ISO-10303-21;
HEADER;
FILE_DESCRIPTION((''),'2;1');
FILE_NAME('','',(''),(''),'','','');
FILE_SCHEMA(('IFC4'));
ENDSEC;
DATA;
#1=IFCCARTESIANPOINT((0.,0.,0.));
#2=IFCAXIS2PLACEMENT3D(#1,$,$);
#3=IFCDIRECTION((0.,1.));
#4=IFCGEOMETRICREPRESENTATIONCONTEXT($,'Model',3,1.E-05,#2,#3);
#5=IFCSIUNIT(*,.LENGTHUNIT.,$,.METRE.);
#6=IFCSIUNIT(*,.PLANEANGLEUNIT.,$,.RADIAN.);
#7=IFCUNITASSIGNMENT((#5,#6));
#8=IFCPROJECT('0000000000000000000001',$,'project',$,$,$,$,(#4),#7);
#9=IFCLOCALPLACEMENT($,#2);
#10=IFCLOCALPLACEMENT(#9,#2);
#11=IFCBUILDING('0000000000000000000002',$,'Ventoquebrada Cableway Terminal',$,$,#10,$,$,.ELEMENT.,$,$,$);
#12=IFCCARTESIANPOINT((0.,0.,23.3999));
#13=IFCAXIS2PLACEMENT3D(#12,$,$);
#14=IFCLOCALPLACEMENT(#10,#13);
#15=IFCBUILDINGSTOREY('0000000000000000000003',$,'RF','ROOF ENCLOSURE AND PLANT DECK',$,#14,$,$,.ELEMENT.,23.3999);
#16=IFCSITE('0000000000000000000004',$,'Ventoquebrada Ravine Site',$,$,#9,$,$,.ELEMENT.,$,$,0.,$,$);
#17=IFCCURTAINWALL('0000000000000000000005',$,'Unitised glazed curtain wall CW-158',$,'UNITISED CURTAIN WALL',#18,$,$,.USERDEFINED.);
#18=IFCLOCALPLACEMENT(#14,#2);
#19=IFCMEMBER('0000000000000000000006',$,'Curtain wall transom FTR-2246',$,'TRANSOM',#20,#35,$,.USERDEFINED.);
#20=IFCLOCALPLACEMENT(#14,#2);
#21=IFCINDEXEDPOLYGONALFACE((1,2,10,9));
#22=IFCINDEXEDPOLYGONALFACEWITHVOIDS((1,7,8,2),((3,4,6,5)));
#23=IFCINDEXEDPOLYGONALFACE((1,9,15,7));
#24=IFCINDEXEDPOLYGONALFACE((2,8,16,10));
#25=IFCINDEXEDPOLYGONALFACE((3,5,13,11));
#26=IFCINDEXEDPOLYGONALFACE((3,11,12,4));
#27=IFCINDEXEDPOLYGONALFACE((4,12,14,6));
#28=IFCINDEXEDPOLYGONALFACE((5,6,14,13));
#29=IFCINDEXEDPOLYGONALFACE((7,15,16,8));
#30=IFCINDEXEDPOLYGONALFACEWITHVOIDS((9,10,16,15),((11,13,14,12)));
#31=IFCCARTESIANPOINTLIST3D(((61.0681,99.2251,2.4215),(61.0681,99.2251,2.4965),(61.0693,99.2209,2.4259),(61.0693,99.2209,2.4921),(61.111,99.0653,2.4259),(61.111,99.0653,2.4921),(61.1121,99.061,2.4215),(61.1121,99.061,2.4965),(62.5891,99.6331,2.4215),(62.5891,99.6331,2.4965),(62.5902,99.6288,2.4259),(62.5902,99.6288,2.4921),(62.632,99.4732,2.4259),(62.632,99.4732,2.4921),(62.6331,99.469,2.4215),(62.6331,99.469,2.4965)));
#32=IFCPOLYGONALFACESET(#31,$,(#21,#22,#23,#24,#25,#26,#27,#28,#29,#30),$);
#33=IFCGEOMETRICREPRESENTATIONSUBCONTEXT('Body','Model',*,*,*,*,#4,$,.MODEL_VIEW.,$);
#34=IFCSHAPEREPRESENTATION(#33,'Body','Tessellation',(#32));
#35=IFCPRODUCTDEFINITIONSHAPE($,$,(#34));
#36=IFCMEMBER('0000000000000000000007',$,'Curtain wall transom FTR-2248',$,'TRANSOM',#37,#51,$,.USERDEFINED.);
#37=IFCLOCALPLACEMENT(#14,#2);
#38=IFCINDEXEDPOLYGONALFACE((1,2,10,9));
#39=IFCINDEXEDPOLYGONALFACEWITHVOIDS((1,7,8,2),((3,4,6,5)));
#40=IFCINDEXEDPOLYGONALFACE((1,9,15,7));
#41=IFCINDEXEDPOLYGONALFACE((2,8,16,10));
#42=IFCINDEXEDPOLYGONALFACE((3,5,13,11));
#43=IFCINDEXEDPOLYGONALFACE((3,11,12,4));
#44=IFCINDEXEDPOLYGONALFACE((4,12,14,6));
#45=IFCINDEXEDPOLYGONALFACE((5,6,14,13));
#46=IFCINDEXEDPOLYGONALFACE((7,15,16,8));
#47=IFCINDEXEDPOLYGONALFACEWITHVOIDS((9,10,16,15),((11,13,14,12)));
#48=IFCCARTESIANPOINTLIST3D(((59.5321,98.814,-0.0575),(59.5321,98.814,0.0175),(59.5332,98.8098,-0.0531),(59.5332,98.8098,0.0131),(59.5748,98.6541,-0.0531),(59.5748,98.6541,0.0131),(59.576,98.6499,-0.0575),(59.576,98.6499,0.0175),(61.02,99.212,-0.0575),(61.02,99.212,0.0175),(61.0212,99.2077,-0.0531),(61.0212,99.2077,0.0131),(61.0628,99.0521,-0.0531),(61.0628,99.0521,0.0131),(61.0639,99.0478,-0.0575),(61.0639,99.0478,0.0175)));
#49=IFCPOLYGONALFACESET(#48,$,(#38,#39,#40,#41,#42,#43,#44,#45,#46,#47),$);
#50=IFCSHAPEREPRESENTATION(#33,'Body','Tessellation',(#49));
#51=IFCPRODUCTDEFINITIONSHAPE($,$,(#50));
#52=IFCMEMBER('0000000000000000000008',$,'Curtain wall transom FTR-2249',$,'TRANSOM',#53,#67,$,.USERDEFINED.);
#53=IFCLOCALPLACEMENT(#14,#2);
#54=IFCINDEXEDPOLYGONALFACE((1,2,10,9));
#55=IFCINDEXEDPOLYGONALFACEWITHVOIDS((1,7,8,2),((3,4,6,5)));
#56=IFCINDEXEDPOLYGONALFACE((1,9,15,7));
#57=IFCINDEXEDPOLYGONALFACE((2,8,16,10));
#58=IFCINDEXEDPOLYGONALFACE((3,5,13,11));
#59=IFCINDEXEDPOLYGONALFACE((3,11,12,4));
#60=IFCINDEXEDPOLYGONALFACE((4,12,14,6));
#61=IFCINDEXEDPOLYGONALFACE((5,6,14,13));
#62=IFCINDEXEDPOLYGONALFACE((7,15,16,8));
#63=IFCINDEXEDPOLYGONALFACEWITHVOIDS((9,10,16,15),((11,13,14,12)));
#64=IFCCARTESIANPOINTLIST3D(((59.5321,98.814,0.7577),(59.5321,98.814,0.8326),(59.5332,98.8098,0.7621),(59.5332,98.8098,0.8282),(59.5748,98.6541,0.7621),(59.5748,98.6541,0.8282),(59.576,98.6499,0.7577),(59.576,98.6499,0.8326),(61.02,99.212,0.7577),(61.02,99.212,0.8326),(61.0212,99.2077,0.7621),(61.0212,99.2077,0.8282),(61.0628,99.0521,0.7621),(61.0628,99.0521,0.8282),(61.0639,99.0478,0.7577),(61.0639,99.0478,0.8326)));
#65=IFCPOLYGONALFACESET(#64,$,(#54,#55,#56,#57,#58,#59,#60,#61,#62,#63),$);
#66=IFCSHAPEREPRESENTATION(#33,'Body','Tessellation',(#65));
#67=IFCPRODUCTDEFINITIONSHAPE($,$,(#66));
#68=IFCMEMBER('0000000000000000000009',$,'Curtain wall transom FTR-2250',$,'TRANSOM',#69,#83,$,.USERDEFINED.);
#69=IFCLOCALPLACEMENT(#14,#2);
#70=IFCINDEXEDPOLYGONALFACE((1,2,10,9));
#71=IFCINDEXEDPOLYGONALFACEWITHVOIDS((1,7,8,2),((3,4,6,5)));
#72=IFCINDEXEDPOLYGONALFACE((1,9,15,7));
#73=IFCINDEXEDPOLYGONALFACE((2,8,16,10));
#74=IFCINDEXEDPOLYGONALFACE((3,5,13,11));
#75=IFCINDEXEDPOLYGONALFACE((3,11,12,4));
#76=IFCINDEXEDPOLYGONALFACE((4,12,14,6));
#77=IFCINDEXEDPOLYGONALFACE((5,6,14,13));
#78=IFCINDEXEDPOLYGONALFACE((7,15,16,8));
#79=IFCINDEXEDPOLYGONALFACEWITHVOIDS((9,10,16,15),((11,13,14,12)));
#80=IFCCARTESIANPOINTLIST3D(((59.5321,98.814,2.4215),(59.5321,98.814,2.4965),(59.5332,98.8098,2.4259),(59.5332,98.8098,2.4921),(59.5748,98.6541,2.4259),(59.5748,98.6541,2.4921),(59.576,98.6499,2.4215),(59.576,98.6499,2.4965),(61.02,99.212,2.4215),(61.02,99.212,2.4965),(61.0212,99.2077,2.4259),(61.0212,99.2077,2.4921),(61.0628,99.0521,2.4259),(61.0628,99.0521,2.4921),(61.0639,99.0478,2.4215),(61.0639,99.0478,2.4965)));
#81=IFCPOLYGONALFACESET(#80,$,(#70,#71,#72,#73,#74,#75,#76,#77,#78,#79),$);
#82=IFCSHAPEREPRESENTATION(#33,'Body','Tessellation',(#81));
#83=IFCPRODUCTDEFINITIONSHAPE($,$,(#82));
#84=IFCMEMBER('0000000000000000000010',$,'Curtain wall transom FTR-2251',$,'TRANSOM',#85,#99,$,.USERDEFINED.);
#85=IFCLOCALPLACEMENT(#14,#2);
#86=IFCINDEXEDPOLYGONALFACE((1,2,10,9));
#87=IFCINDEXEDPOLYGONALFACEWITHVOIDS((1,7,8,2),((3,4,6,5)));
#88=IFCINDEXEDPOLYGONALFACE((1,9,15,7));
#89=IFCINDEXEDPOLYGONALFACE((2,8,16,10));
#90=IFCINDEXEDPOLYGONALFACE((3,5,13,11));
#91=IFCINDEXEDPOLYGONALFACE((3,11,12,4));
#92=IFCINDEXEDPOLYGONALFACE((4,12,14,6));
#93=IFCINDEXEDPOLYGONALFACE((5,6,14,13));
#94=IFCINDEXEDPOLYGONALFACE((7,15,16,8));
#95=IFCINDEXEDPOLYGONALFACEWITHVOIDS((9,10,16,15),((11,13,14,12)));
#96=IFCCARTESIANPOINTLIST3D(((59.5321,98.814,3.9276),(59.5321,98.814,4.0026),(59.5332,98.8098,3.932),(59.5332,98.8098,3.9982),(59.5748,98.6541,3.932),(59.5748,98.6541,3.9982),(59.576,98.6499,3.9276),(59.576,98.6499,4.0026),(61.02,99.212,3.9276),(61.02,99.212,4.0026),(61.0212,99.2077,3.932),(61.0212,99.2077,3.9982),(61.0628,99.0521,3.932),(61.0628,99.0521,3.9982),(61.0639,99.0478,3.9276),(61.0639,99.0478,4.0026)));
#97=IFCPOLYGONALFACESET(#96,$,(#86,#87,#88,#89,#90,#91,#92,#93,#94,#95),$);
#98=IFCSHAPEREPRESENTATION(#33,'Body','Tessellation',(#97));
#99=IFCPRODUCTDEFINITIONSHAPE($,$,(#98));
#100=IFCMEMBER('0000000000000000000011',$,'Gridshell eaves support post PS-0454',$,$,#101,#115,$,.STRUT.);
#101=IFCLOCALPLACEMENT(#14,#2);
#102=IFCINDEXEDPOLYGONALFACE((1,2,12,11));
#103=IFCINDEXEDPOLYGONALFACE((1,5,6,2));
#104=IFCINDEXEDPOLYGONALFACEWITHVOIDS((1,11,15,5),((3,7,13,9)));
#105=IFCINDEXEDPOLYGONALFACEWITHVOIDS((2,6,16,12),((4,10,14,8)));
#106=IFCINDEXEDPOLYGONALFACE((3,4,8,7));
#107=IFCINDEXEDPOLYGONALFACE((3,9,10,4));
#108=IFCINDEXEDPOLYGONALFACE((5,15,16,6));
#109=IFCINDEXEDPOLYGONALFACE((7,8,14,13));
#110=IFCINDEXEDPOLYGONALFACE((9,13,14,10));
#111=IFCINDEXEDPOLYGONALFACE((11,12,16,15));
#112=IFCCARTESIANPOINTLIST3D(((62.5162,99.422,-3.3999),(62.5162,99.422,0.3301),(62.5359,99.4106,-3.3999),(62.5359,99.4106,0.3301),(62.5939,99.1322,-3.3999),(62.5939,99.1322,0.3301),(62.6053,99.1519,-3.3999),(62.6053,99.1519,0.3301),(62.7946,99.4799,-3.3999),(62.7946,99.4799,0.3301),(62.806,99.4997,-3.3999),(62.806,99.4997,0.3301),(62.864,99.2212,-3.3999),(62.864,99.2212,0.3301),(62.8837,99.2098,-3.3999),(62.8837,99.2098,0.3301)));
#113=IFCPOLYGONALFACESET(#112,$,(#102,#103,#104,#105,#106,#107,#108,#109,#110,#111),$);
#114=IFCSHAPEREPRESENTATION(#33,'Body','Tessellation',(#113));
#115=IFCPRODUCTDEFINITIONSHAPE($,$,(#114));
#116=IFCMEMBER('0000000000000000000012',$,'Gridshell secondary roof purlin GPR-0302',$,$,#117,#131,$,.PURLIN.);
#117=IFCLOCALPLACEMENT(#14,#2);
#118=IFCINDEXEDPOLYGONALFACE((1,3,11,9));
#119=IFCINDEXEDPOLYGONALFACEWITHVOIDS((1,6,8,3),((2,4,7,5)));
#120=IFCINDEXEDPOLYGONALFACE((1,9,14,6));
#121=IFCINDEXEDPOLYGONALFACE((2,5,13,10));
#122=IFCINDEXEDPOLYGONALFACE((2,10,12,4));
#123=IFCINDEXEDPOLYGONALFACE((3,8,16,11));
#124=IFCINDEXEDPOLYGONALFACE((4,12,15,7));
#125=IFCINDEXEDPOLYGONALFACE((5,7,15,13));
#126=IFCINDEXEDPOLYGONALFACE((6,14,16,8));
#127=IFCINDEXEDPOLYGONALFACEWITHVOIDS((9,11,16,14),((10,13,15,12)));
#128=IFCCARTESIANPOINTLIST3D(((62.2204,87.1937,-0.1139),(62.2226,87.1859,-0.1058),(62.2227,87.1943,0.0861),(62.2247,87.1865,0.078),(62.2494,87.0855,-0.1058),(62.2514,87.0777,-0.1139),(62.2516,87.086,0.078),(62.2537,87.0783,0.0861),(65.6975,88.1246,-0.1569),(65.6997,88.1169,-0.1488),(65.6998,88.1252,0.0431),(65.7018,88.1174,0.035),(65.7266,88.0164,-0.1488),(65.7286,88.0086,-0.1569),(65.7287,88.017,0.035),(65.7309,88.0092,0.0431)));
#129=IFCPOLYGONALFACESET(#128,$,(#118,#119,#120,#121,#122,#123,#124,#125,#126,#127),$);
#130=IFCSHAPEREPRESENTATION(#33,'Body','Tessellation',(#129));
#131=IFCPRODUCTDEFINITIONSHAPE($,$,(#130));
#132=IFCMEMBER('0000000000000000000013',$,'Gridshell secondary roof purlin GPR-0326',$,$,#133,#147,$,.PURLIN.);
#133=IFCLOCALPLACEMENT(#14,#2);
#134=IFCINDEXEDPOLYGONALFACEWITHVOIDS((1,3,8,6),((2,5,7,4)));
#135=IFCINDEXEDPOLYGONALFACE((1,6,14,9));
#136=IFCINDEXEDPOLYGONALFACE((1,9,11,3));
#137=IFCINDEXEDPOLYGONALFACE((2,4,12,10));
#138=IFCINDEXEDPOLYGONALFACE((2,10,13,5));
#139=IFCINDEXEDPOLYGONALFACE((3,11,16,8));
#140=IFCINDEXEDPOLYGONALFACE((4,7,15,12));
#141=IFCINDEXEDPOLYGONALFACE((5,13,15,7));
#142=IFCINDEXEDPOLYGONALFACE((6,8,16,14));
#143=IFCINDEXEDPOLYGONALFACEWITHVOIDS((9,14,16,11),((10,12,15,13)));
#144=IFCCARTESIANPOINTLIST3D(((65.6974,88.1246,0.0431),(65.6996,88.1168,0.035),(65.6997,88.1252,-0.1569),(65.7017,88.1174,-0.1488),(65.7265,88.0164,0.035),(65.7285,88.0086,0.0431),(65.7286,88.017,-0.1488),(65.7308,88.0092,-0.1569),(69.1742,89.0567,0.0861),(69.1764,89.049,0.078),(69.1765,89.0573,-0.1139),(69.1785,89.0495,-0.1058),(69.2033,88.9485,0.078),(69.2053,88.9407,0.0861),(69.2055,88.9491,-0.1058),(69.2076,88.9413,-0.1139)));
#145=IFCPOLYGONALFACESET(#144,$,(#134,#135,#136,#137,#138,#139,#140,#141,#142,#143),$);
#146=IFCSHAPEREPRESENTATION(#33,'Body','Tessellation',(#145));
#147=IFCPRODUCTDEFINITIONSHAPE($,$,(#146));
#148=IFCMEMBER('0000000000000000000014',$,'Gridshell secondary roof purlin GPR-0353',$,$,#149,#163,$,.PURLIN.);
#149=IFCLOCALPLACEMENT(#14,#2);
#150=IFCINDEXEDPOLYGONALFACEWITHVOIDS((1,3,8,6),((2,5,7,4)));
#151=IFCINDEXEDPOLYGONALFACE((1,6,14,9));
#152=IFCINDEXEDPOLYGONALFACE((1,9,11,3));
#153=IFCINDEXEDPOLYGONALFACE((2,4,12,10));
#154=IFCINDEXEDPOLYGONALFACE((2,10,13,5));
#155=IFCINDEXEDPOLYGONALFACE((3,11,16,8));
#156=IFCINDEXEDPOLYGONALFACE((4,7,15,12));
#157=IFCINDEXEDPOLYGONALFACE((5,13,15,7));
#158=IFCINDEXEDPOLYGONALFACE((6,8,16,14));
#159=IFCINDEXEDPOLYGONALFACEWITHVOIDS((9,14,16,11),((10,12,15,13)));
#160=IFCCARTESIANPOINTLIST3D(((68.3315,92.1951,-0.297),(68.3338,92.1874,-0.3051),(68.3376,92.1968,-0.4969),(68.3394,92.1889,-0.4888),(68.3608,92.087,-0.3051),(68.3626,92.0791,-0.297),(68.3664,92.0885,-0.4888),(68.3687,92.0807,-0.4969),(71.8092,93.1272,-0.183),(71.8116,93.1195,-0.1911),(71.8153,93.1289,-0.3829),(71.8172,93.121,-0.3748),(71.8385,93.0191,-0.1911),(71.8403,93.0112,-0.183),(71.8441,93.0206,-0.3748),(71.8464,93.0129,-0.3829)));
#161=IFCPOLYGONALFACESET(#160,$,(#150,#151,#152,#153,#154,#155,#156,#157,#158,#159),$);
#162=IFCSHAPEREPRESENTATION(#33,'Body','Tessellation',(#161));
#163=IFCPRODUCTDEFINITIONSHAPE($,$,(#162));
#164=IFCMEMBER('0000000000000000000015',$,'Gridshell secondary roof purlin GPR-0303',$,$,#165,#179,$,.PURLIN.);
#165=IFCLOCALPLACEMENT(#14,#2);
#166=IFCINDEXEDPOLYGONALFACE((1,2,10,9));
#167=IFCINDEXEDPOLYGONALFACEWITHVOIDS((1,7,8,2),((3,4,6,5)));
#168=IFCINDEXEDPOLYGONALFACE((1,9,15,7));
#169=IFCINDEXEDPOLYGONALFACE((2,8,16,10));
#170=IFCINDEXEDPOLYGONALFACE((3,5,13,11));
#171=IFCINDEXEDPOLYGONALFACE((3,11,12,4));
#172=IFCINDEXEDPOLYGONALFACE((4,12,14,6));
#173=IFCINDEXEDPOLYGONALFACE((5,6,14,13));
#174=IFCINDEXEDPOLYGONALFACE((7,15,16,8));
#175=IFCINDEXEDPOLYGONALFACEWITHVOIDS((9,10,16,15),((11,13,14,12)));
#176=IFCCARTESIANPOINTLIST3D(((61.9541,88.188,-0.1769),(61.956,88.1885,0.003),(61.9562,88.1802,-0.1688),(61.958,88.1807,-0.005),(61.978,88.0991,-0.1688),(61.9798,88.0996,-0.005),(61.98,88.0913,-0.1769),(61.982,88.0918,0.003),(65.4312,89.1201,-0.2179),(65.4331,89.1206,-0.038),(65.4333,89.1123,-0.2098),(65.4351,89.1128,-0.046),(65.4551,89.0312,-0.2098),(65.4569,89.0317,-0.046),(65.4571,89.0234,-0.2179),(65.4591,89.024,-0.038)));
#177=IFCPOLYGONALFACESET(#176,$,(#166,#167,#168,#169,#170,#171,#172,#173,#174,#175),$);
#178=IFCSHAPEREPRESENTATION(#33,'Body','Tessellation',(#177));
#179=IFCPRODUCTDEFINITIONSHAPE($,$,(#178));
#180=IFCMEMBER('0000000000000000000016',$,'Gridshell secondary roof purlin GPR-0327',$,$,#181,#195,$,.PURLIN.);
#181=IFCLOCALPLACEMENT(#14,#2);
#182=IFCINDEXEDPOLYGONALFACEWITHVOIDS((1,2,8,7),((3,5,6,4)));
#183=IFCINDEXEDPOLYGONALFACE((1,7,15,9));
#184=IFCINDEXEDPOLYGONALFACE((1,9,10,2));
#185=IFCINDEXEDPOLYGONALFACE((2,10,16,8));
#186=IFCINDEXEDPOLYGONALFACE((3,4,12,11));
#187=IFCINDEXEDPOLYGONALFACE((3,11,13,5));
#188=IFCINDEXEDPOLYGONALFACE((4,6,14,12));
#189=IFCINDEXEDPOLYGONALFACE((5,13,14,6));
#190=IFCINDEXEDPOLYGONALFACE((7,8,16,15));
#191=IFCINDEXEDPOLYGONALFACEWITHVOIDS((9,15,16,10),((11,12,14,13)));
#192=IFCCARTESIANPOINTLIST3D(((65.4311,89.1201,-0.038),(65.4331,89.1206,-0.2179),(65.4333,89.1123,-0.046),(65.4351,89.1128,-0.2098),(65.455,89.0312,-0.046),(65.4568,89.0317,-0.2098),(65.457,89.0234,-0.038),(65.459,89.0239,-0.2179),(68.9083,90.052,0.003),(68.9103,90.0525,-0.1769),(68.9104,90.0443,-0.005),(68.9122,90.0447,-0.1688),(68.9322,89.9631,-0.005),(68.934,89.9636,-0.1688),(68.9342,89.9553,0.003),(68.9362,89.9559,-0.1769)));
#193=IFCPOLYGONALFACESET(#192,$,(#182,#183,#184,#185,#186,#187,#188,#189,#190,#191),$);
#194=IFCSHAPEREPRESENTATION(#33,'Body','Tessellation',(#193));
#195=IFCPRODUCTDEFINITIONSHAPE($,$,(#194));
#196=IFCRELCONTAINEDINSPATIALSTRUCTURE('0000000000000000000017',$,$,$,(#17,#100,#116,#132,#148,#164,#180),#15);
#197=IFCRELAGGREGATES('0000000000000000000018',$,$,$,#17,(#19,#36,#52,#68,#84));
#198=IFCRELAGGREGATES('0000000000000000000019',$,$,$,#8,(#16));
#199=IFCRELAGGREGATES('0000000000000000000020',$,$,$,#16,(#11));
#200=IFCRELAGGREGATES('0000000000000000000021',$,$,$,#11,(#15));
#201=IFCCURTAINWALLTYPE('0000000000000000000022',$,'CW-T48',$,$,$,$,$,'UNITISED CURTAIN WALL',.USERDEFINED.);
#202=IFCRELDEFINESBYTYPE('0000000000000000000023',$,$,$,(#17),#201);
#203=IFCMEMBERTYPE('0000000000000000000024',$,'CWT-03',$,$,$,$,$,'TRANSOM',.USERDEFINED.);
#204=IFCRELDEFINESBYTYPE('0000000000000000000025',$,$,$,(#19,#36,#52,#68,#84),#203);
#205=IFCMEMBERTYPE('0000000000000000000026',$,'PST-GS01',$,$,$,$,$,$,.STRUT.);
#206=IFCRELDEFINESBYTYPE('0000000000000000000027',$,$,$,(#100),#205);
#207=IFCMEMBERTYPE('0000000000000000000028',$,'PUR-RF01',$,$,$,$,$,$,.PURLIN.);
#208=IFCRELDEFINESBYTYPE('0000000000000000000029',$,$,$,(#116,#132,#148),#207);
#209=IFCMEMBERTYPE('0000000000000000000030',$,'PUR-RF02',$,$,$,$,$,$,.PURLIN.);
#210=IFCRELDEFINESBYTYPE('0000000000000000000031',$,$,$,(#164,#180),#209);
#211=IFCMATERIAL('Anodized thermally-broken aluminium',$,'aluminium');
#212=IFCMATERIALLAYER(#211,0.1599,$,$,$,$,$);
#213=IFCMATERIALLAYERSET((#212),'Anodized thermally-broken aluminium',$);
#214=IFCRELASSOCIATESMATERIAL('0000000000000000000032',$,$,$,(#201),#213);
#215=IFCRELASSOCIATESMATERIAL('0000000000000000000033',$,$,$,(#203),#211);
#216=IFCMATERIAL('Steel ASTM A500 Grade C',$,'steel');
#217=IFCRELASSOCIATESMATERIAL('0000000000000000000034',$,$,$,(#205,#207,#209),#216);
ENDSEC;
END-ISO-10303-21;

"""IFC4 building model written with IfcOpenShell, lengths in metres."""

from ifc_helpers import new_model, si_unit, direction, frame, origin, origin_2d, place, context, subcontext, project, spatial, hollow_rectangle, extrude, material, layer, layer_set, material_profile, profile_set, type_object, element, aggregate, save


model = new_model("IFC4")

# Units and contexts
model_context = context("Model", 3, precision=1e-05, world=origin(), true_north=direction((0.0, 1.0)))
body_context = subcontext(model_context, "Body", "Model", "MODEL_VIEW")
ifc_project = project(units=[si_unit("LENGTHUNIT", "METRE"), si_unit("PLANEANGLEUNIT", "RADIAN")], contexts=[model_context])

# Site, building, storey
site_placement = place(None, origin())
site = spatial("IfcSite", under=ifc_project, at=site_placement, Name="Ventoquebrada Ravine Site", CompositionType="ELEMENT", RefElevation=0.0)
building_placement = place(site_placement, origin())
building = spatial("IfcBuilding", under=site, at=building_placement, Name="Ventoquebrada Cableway Terminal", CompositionType="ELEMENT")
storey_placement = place(building_placement, frame((0.0, 0.0, 23.3999)))
storey = spatial("IfcBuildingStorey", under=building, at=storey_placement, Name="RF", Description="ROOF ENCLOSURE AND PLANT DECK", CompositionType="ELEMENT", Elevation=23.3999)

# Shared definitions
ifc_material_1 = material(Name="Steel ASTM A500 Grade C", Category="steel")

# Curtain wall, members
ifc_material_2 = material(Name="Anodized thermally-broken aluminium", Category="aluminium")
ifc_layer_1 = layer(ifc_material_2, 0.1599)
ifc_layer_set_1 = layer_set([ifc_layer_1], Name="Anodized thermally-broken aluminium")
curtain_wall_type = type_object("IfcCurtainWallType", Name="CW-T48", ElementType="UNITISED CURTAIN WALL", PredefinedType="USERDEFINED", material=ifc_layer_set_1)
curtain_wall_placement = place(storey_placement, origin())
curtain_wall = element("IfcCurtainWall", 1, at=curtain_wall_placement, inside=storey, type_object=curtain_wall_type, Name="Unitised glazed curtain wall CW-158", ObjectType="UNITISED CURTAIN WALL", PredefinedType="USERDEFINED")
ifc_material_profile_1 = material_profile(ifc_material_2, hollow_rectangle(XDim=0.075, YDim=0.1699, WallThickness=0.0044, at=origin_2d()), Name="CW-TRN-75X170")
ifc_profile_set_1 = profile_set([ifc_material_profile_1], Name="Anodized thermally-broken aluminium")
member_type_1 = type_object("IfcMemberType", Name="CWT-03", ElementType="TRANSOM", PredefinedType="USERDEFINED", material=ifc_profile_set_1)
member_1_placement = place(storey_placement, frame((62.6111, 99.551, 2.459), z_axis=(-0.965861, -0.259062, 0.0), x_axis=(0.0, 0.0, 1.0)))
member_1 = element("IfcMember", 2, at=member_1_placement, type_object=member_type_1, Name="Curtain wall transom FTR-2246", ObjectType="TRANSOM", PredefinedType="USERDEFINED", context=body_context, shape_type="SweptSolid", body=[
    extrude(hollow_rectangle(XDim=0.075, YDim=0.1699, WallThickness=0.0044, at=origin_2d()), origin(), (0.0, 0.0, 1.0), 1.5747),
])
member_2_placement = place(storey_placement, frame((61.042, 99.1299, -0.02), z_axis=(-0.966051, -0.258353, 0.0), x_axis=(0.0, 0.0, 1.0)))
member_2 = element("IfcMember", 3, at=member_2_placement, type_object=member_type_1, Name="Curtain wall transom FTR-2248", ObjectType="TRANSOM", PredefinedType="USERDEFINED", context=body_context, shape_type="SweptSolid", body=[
    extrude(hollow_rectangle(XDim=0.075, YDim=0.1699, WallThickness=0.0044, at=origin_2d()), origin(), (0.0, 0.0, 1.0), 1.5403),
])
member_3_placement = place(storey_placement, frame((61.042, 99.1299, 0.7952), z_axis=(-0.966051, -0.258353, 0.0), x_axis=(0.0, 0.0, 1.0)))
member_3 = element("IfcMember", 4, at=member_3_placement, type_object=member_type_1, Name="Curtain wall transom FTR-2249", ObjectType="TRANSOM", PredefinedType="USERDEFINED", context=body_context, shape_type="SweptSolid", body=[
    extrude(hollow_rectangle(XDim=0.075, YDim=0.1699, WallThickness=0.0044, at=origin_2d()), origin(), (0.0, 0.0, 1.0), 1.5403),
])
member_4_placement = place(storey_placement, frame((61.042, 99.1299, 2.459), z_axis=(-0.966051, -0.258353, 0.0), x_axis=(0.0, 0.0, 1.0)))
member_4 = element("IfcMember", 5, at=member_4_placement, type_object=member_type_1, Name="Curtain wall transom FTR-2250", ObjectType="TRANSOM", PredefinedType="USERDEFINED", context=body_context, shape_type="SweptSolid", body=[
    extrude(hollow_rectangle(XDim=0.075, YDim=0.1699, WallThickness=0.0044, at=origin_2d()), origin(), (0.0, 0.0, 1.0), 1.5403),
])
member_5_placement = place(storey_placement, frame((61.042, 99.1299, 3.9651), z_axis=(-0.966051, -0.258353, 0.0), x_axis=(0.0, 0.0, 1.0)))
member_5 = element("IfcMember", 6, at=member_5_placement, type_object=member_type_1, Name="Curtain wall transom FTR-2251", ObjectType="TRANSOM", PredefinedType="USERDEFINED", context=body_context, shape_type="SweptSolid", body=[
    extrude(hollow_rectangle(XDim=0.075, YDim=0.1699, WallThickness=0.0044, at=origin_2d()), origin(), (0.0, 0.0, 1.0), 1.5403),
])

# Members
ifc_material_profile_2 = material_profile(ifc_material_1, hollow_rectangle(XDim=0.3, YDim=0.3, WallThickness=0.0161, at=origin_2d()), Name="HSS300X300X16")
ifc_profile_set_2 = profile_set([ifc_material_profile_2], Name="Steel ASTM A500 Grade C")
member_type_2 = type_object("IfcMemberType", Name="PST-GS01", PredefinedType="STRUT", material=ifc_profile_set_2)
member_6_placement = place(storey_placement, frame((62.7, 99.3159, -3.3999), z_axis=(0.0, 0.0, 1.0), x_axis=(0.965926, 0.258819, 0.0)))
element("IfcMember", 7, at=member_6_placement, inside=storey, type_object=member_type_2, Name="Gridshell eaves support post PS-0454", PredefinedType="STRUT", context=body_context, shape_type="SweptSolid", body=[
    extrude(hollow_rectangle(XDim=0.3, YDim=0.3, WallThickness=0.0161, at=origin_2d()), origin(), (0.0, 0.0, 1.0), 3.73),
])
ifc_material_profile_3 = material_profile(ifc_material_1, hollow_rectangle(XDim=0.1201, YDim=0.2, WallThickness=0.0081, at=origin_2d()), Name="RHS200X120X8")
ifc_profile_set_3 = profile_set([ifc_material_profile_3], Name="Steel ASTM A500 Grade C")
member_type_3 = type_object("IfcMemberType", Name="PUR-RF01", PredefinedType="PURLIN", material=ifc_profile_set_3)
for number, where, z_axis, x_axis, name in (
    (8, (62.2371, 87.136, -0.0139), (0.96591, 0.258602, -0.011937), (-0.258621, 0.965979, 0.0), "Gridshell secondary roof purlin GPR-0302"),
    (9, (65.7141, 88.0669, -0.0569), (0.965821, 0.258936, 0.011936), (-0.258954, 0.96589, 0.0), "Gridshell secondary roof purlin GPR-0326"),
):
    element("IfcMember", number, at=place(storey_placement, frame(where, z_axis=z_axis, x_axis=x_axis)), inside=storey, type_object=member_type_3, Name=name, PredefinedType="PURLIN", context=body_context, shape_type="SweptSolid", body=[
        extrude(hollow_rectangle(XDim=0.1201, YDim=0.2, WallThickness=0.0081, at=origin_2d()), origin(), (0.0, 0.0, 1.0), 3.5999),
    ])
member_7_placement = place(storey_placement, frame((68.3501, 92.1379, -0.397), z_axis=(0.965424, 0.258757, 0.03165), x_axis=(-0.258886, 0.965908, 0.0)))
element("IfcMember", 10, at=member_7_placement, inside=storey, type_object=member_type_3, Name="Gridshell secondary roof purlin GPR-0353", PredefinedType="PURLIN", context=body_context, shape_type="SweptSolid", body=[
    extrude(hollow_rectangle(XDim=0.1201, YDim=0.2, WallThickness=0.0081, at=origin_2d()), origin(), (0.0, 0.0, 1.0), 3.6023),
])
ifc_material_profile_4 = material_profile(ifc_material_1, hollow_rectangle(XDim=0.1001, YDim=0.1799, WallThickness=0.0081, at=origin_2d()), Name="RHS180X100X8")
ifc_profile_set_4 = profile_set([ifc_material_profile_4], Name="Steel ASTM A500 Grade C")
member_type_4 = type_object("IfcMemberType", Name="PUR-RF02", PredefinedType="PURLIN", material=ifc_profile_set_4)
for number, where, z_axis, x_axis, name in (
    (11, (61.968, 88.1399, -0.0869), (0.965831, 0.25892, -0.011393), (-0.258937, 0.965894, 0.0), "Gridshell secondary roof purlin GPR-0303"),
    (12, (65.4451, 89.072, -0.1279), (0.965848, 0.258857, 0.011393), (-0.258874, 0.965911, 0.0), "Gridshell secondary roof purlin GPR-0327"),
):
    element("IfcMember", number, at=place(storey_placement, frame(where, z_axis=z_axis, x_axis=x_axis)), inside=storey, type_object=member_type_4, Name=name, PredefinedType="PURLIN", context=body_context, shape_type="SweptSolid", body=[
        extrude(hollow_rectangle(XDim=0.1001, YDim=0.1799, WallThickness=0.0081, at=origin_2d()), origin(), (0.0, 0.0, 1.0), 3.6001),
    ])

aggregate(curtain_wall, [member_1, member_2, member_3, member_4, member_5])

save(model, "model.ifc")
